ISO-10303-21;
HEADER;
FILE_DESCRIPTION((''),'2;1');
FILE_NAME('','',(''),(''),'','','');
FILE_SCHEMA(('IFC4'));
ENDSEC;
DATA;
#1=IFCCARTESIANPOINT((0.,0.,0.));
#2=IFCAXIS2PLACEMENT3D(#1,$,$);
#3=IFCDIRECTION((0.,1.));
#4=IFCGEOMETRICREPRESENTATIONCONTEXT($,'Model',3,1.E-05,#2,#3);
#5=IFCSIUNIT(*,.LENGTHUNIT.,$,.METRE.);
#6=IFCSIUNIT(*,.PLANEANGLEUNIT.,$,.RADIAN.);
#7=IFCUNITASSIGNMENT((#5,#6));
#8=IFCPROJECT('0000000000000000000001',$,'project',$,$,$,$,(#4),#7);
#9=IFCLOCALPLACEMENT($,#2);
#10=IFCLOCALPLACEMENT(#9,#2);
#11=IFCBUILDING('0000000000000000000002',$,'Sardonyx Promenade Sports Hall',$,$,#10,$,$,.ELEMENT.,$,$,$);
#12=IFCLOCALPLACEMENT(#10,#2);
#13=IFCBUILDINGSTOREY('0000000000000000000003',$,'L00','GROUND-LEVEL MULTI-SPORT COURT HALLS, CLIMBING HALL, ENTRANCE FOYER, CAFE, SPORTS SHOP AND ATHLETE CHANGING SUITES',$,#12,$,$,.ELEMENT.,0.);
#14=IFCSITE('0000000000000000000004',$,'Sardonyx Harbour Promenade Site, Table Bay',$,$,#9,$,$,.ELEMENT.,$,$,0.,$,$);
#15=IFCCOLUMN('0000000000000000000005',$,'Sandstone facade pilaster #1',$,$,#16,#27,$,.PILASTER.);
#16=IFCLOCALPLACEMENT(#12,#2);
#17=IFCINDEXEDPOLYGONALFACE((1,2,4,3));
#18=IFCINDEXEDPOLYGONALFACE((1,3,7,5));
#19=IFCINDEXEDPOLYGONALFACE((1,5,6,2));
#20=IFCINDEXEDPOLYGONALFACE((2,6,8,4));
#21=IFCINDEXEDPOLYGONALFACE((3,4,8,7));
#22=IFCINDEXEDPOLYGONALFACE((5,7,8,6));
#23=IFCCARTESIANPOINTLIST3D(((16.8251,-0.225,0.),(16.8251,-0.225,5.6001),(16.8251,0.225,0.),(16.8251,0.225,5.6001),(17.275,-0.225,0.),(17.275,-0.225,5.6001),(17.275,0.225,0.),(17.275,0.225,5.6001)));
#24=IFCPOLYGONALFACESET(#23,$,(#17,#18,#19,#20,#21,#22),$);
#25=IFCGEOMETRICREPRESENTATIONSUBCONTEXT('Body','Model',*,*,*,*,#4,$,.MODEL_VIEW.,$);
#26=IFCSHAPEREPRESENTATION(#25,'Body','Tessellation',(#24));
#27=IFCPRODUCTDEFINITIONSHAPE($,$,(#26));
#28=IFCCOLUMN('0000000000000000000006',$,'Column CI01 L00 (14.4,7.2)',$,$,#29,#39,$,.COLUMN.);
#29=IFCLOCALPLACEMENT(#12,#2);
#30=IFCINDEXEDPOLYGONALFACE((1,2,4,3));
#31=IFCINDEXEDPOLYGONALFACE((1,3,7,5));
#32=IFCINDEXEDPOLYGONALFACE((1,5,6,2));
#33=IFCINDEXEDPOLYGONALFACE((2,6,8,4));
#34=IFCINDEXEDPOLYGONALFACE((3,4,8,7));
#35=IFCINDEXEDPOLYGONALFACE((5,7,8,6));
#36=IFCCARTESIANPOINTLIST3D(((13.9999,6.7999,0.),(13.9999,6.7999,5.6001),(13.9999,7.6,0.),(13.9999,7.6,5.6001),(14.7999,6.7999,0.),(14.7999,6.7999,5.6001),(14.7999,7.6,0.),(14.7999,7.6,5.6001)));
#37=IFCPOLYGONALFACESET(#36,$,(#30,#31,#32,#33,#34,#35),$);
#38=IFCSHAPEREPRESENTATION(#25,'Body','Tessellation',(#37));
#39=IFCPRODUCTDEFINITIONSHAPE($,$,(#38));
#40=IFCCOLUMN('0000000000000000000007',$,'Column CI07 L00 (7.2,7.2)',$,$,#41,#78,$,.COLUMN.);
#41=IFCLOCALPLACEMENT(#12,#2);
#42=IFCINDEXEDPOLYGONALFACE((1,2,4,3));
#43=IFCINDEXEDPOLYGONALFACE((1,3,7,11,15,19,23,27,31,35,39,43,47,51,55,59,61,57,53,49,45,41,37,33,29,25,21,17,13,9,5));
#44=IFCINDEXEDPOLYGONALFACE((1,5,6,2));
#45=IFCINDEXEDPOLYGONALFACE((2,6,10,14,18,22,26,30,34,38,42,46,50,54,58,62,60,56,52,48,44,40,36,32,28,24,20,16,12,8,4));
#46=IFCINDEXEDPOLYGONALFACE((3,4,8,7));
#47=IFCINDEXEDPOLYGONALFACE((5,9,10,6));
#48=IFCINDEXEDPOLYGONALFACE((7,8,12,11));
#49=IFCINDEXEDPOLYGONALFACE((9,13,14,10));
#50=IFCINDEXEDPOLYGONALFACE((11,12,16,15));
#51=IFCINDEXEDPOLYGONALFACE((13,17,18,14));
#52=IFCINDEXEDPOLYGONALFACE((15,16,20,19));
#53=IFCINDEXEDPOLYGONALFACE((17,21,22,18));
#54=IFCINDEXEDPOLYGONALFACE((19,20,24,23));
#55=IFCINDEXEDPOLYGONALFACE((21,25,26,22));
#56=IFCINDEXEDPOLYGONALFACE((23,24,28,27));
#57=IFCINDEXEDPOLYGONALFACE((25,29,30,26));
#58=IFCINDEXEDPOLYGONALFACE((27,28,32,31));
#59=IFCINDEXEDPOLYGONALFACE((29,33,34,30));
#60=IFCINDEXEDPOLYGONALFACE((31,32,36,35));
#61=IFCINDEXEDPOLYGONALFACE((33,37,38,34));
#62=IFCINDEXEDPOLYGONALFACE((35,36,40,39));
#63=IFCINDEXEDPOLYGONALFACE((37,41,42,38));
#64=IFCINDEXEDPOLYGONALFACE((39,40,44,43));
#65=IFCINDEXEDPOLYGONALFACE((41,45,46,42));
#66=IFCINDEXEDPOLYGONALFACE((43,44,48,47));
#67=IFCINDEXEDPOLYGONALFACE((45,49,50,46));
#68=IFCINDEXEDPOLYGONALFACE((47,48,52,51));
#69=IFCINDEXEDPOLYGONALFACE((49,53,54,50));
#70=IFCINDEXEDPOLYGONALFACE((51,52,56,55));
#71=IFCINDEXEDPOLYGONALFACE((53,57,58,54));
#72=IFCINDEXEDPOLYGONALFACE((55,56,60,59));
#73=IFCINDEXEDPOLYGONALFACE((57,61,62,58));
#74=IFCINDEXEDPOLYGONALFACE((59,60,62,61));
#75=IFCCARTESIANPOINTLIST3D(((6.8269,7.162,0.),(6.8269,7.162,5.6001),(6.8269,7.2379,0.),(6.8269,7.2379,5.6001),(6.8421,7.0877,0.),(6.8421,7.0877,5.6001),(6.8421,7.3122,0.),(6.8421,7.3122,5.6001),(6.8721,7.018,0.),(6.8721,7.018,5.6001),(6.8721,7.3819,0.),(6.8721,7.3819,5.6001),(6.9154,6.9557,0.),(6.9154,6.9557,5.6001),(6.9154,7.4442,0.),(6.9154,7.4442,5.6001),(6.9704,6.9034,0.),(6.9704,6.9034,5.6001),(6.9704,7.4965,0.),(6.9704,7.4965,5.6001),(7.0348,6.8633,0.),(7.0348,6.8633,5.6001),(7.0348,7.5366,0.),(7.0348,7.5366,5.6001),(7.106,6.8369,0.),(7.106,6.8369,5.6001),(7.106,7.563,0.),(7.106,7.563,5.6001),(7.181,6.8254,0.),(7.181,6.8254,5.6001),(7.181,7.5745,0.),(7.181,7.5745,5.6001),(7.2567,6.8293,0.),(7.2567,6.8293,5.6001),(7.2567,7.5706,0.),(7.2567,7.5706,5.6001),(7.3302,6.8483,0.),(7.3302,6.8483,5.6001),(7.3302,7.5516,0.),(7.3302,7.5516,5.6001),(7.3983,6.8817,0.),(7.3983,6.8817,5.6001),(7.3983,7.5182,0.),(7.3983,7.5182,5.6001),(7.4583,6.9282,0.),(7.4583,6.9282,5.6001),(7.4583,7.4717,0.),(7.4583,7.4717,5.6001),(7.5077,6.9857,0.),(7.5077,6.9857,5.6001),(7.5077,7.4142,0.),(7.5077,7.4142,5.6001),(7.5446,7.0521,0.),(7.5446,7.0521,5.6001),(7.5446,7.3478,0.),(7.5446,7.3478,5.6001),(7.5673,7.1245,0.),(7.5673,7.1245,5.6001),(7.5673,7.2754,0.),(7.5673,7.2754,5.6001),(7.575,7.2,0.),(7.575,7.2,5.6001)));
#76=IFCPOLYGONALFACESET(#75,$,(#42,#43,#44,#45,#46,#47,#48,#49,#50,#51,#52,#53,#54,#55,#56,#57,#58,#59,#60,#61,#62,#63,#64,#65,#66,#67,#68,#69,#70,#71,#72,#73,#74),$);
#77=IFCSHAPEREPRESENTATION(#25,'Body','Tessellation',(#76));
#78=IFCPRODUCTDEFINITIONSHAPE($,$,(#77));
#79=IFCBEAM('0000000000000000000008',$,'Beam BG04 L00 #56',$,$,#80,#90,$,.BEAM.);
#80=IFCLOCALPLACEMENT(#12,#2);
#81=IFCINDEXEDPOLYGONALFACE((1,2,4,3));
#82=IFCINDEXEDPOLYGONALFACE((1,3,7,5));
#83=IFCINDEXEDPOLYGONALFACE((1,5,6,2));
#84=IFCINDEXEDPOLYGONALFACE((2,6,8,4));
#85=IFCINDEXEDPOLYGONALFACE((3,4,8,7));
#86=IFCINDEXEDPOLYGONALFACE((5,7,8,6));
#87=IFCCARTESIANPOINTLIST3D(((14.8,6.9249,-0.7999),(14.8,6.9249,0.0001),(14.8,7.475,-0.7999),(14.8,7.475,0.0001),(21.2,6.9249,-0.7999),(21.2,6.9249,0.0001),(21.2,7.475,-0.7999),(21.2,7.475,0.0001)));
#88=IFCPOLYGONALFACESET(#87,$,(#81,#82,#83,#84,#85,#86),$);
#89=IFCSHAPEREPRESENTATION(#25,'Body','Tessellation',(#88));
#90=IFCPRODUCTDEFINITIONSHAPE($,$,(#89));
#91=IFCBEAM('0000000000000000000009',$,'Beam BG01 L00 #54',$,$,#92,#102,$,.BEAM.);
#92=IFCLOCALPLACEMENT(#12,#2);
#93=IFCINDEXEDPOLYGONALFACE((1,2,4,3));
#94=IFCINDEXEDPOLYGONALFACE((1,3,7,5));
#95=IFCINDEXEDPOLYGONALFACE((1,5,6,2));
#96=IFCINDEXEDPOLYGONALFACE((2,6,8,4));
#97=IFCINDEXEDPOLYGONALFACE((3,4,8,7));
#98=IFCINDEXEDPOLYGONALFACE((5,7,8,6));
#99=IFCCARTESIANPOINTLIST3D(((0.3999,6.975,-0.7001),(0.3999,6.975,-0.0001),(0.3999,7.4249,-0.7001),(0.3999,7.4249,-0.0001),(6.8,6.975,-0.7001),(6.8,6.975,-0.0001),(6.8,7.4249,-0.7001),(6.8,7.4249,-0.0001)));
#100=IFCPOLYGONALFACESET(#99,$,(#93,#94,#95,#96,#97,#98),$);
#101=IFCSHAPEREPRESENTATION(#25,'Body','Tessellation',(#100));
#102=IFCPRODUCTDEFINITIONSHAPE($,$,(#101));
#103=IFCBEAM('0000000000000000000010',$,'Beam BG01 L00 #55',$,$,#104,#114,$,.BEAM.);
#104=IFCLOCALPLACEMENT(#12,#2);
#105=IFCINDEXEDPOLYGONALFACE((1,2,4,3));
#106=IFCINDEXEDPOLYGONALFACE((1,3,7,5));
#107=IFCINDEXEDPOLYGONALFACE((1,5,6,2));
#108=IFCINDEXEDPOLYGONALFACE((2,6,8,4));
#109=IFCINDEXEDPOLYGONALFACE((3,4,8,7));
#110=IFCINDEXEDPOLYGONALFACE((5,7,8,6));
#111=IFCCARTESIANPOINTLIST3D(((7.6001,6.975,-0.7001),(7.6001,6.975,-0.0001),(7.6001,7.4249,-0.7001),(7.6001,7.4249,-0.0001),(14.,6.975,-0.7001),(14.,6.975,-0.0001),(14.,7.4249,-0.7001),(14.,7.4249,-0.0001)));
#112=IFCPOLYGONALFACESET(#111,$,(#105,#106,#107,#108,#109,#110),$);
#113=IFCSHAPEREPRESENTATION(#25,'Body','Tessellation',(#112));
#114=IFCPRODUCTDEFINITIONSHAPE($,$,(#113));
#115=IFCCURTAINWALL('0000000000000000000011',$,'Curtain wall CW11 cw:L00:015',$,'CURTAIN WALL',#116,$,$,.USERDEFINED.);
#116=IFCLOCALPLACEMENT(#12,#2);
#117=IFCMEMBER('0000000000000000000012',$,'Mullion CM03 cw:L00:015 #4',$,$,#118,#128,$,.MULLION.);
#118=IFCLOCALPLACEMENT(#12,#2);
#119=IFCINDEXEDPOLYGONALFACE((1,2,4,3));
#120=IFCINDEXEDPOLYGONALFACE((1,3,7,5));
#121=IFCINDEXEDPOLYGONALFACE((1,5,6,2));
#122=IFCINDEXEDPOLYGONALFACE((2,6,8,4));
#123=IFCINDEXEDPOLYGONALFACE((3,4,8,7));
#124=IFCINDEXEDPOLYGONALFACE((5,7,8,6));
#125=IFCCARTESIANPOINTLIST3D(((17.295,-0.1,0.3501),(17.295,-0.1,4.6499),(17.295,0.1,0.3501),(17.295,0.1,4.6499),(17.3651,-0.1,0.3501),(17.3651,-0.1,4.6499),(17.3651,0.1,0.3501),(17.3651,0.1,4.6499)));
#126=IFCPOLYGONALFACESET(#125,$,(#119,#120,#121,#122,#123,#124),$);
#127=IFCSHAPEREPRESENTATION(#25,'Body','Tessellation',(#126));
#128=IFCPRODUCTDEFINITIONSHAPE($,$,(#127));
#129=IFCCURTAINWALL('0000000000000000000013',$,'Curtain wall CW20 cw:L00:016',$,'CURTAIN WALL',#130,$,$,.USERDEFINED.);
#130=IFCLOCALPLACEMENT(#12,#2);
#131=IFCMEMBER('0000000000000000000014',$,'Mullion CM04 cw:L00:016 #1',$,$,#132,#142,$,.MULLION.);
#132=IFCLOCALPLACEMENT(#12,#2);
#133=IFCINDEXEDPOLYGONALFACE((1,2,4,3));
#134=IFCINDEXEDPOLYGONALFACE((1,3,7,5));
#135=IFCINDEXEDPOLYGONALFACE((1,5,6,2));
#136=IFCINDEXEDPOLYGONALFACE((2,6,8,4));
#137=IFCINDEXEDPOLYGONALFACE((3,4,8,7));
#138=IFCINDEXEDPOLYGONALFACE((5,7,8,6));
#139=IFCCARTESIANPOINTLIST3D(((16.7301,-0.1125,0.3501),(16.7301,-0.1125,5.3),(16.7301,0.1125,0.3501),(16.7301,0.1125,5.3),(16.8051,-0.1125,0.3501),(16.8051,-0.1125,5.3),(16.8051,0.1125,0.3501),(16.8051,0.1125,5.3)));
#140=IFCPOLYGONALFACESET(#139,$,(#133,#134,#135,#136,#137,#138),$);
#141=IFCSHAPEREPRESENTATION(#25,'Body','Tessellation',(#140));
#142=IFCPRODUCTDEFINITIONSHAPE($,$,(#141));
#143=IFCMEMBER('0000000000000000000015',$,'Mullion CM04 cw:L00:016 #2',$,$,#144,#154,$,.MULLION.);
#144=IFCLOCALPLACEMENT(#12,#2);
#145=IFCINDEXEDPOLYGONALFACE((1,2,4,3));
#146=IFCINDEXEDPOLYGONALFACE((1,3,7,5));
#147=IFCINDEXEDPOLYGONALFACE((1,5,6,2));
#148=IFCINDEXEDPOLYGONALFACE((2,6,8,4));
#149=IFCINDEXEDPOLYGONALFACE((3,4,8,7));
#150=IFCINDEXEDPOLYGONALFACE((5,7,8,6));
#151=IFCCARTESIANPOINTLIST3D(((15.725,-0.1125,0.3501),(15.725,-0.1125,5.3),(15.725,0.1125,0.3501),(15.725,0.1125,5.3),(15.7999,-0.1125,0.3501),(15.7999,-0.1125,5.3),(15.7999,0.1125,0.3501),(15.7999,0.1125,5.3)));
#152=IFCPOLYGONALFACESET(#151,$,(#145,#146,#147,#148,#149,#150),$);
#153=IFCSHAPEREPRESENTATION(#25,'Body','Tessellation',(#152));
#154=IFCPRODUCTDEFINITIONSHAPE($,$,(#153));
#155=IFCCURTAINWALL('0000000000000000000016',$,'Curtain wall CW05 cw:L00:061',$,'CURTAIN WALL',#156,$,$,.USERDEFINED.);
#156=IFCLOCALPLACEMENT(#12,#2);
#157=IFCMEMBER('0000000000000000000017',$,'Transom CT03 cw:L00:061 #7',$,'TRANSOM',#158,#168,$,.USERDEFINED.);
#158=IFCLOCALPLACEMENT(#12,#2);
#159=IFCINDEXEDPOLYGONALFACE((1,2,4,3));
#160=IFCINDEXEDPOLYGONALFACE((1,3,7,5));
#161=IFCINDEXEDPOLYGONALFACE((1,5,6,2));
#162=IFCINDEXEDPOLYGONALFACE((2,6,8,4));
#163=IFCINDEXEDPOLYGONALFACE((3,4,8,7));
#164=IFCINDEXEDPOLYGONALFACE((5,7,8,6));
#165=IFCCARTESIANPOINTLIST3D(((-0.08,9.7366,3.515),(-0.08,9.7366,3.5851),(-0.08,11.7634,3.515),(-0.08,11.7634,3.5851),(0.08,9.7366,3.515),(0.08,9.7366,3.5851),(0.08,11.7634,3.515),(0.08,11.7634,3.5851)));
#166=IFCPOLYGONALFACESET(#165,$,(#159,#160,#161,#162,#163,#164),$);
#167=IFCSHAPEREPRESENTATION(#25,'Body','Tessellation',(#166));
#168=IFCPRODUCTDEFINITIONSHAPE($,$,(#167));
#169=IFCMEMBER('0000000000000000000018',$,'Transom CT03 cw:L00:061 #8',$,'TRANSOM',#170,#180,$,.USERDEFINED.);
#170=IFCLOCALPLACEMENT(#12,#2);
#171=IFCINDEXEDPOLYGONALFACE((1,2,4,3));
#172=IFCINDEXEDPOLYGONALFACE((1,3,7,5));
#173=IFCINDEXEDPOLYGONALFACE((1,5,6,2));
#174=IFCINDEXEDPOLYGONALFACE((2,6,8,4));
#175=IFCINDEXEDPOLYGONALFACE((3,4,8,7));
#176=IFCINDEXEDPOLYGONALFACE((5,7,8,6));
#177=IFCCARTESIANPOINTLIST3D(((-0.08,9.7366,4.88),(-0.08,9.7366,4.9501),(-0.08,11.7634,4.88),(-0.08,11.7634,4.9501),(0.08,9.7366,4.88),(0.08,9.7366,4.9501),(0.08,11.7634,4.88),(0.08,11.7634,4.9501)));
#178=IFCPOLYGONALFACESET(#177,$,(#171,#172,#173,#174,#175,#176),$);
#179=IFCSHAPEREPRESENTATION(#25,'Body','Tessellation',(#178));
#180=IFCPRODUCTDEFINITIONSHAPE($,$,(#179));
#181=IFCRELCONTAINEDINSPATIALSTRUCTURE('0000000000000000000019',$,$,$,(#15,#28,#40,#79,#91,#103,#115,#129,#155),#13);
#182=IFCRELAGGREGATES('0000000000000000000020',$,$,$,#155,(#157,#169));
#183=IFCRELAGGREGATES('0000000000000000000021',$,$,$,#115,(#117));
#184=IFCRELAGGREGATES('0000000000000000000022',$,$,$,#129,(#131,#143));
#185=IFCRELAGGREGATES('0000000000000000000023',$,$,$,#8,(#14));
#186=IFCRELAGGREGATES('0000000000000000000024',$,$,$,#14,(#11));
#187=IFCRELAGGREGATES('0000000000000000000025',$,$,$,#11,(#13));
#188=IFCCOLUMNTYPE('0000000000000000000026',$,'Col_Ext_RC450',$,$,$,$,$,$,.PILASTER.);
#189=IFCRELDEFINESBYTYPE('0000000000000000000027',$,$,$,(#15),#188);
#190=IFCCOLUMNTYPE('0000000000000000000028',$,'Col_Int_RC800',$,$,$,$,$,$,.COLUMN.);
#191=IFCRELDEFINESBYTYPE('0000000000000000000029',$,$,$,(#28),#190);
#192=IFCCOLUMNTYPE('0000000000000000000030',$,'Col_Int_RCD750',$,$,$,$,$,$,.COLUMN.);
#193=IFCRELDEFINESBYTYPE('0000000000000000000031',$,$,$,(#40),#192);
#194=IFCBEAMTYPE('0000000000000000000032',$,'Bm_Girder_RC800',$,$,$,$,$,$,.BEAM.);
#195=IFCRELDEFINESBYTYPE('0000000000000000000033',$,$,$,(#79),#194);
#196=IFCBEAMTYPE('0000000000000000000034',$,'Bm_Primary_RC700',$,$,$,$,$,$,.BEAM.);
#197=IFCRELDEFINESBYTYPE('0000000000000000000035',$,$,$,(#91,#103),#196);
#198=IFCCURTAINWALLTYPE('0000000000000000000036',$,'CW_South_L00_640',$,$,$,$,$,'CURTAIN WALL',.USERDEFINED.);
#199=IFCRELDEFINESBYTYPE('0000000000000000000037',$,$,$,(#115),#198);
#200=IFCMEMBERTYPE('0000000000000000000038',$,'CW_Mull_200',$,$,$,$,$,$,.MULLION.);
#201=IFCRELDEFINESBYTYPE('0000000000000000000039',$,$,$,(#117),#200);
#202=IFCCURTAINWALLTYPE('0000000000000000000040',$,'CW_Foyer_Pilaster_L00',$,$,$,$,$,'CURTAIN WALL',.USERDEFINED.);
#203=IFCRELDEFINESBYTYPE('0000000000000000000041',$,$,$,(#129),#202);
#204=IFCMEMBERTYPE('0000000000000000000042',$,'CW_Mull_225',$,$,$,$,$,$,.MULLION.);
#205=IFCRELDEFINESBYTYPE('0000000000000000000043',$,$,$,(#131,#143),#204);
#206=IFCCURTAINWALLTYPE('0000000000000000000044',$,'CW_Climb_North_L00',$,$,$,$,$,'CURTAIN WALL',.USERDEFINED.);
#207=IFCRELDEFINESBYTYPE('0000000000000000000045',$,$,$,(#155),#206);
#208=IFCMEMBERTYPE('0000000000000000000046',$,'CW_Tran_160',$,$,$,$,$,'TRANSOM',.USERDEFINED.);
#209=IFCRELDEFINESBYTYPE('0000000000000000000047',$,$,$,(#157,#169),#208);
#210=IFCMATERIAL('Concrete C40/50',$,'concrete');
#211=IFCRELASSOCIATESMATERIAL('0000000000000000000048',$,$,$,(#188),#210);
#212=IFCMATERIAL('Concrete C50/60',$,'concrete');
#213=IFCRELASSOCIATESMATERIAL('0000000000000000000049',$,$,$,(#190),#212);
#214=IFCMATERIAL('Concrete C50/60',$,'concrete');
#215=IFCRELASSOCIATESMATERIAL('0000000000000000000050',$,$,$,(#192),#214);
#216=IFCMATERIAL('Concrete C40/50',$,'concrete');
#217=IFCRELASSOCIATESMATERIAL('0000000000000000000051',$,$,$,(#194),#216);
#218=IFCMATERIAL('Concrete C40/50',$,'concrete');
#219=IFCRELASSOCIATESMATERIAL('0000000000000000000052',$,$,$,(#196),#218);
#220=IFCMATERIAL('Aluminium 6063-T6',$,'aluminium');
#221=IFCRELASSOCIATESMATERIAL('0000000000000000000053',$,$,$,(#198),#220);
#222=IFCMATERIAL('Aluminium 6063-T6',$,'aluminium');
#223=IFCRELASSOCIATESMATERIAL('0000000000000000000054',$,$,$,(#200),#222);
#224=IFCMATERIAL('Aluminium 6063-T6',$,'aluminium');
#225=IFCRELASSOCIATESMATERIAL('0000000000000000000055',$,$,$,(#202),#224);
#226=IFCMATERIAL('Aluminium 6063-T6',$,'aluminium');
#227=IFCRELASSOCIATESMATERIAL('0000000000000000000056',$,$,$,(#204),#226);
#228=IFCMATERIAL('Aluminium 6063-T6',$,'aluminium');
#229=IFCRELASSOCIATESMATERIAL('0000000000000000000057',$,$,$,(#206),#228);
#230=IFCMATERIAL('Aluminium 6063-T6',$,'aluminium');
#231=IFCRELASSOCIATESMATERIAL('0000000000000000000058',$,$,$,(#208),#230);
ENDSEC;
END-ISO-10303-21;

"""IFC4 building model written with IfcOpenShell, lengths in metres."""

from ifc_helpers import new_model, si_unit, direction, frame, origin, origin_2d, place, context, subcontext, project, spatial, rectangle, circle, extrude, material, material_profile, profile_set, type_object, element, aggregate, save


model = new_model("IFC4")

# Units and contexts
model_context = context("Model", 3, precision=1e-05, world=origin(), true_north=direction((0.0, 1.0)))
body_context = subcontext(model_context, "Body", "Model", "MODEL_VIEW")
ifc_project = project(units=[si_unit("LENGTHUNIT", "METRE"), si_unit("PLANEANGLEUNIT", "RADIAN")], contexts=[model_context])

# Site, building, storey
site_placement = place(None, origin())
site = spatial("IfcSite", under=ifc_project, at=site_placement, Name="Sardonyx Harbour Promenade Site, Table Bay", CompositionType="ELEMENT", RefElevation=0.0)
building_placement = place(site_placement, origin())
building = spatial("IfcBuilding", under=site, at=building_placement, Name="Sardonyx Promenade Sports Hall", CompositionType="ELEMENT")
storey_placement = place(building_placement, origin())
storey = spatial("IfcBuildingStorey", under=building, at=storey_placement, Name="L00", Description="GROUND-LEVEL MULTI-SPORT COURT HALLS, CLIMBING HALL, ENTRANCE FOYER, CAFE, SPORTS SHOP AND ATHLETE CHANGING SUITES", CompositionType="ELEMENT", Elevation=0.0)

# Columns
ifc_material_1 = material(Name="Concrete C40/50", Category="concrete")
ifc_material_profile_1 = material_profile(ifc_material_1, rectangle(XDim=0.45, YDim=0.45, at=origin_2d()))
ifc_profile_set_1 = profile_set([ifc_material_profile_1], Name="Concrete C40/50")
column_type_1 = type_object("IfcColumnType", Name="Col_Ext_RC450", PredefinedType="PILASTER", material=ifc_profile_set_1)
column_1_placement = place(storey_placement, frame((17.05, 0.0, 0.0), z_axis=(0.0, 0.0, 1.0), x_axis=(1.0, 0.0, 0.0)))
element("IfcColumn", 1, at=column_1_placement, inside=storey, type_object=column_type_1, Name="Sandstone facade pilaster #1", PredefinedType="PILASTER", context=body_context, shape_type="SweptSolid", body=[
    extrude(rectangle(XDim=0.45, YDim=0.45, at=origin_2d()), origin(), (0.0, 0.0, 1.0), 5.6001),
])
ifc_material_2 = material(Name="Concrete C50/60", Category="concrete")
ifc_material_profile_2 = material_profile(ifc_material_2, rectangle(XDim=0.8, YDim=0.8, at=origin_2d()))
ifc_profile_set_2 = profile_set([ifc_material_profile_2], Name="Concrete C50/60")
column_type_2 = type_object("IfcColumnType", Name="Col_Int_RC800", PredefinedType="COLUMN", material=ifc_profile_set_2)
column_2_placement = place(storey_placement, frame((14.3999, 7.2, 0.0), z_axis=(0.0, 0.0, 1.0), x_axis=(1.0, 0.0, 0.0)))
element("IfcColumn", 2, at=column_2_placement, inside=storey, type_object=column_type_2, Name="Column CI01 L00 (14.4,7.2)", PredefinedType="COLUMN", context=body_context, shape_type="SweptSolid", body=[
    extrude(rectangle(XDim=0.8, YDim=0.8, at=origin_2d()), origin(), (0.0, 0.0, 1.0), 5.6001),
])
ifc_material_3 = material(Name="Concrete C50/60", Category="concrete")
ifc_material_profile_3 = material_profile(ifc_material_3, circle(Radius=0.375, at=origin_2d()))
ifc_profile_set_3 = profile_set([ifc_material_profile_3], Name="Concrete C50/60")
column_type_3 = type_object("IfcColumnType", Name="Col_Int_RCD750", PredefinedType="COLUMN", material=ifc_profile_set_3)
column_3_placement = place(storey_placement, frame((7.2, 7.2, 0.0), z_axis=(0.0, 0.0, 1.0), x_axis=(1.0, 0.0, 0.0)))
element("IfcColumn", 3, at=column_3_placement, inside=storey, type_object=column_type_3, Name="Column CI07 L00 (7.2,7.2)", PredefinedType="COLUMN", context=body_context, shape_type="SweptSolid", body=[
    extrude(circle(Radius=0.375, at=origin_2d()), origin(), (0.0, 0.0, 1.0), 5.6001),
])

# Beams
ifc_material_4 = material(Name="Concrete C40/50", Category="concrete")
ifc_material_profile_4 = material_profile(ifc_material_4, rectangle(XDim=0.55, YDim=0.8, at=origin_2d()))
ifc_profile_set_4 = profile_set([ifc_material_profile_4], Name="Concrete C40/50")
beam_type_1 = type_object("IfcBeamType", Name="Bm_Girder_RC800", PredefinedType="BEAM", material=ifc_profile_set_4)
beam_1_placement = place(storey_placement, frame((14.8, 7.2, -0.3999), z_axis=(1.0, 0.0, 0.0), x_axis=(0.0, 1.0, 0.0)))
element("IfcBeam", 4, at=beam_1_placement, inside=storey, type_object=beam_type_1, Name="Beam BG04 L00 #56", PredefinedType="BEAM", context=body_context, shape_type="SweptSolid", body=[
    extrude(rectangle(XDim=0.55, YDim=0.8, at=origin_2d()), origin(), (0.0, 0.0, 1.0), 6.3999),
])
ifc_material_5 = material(Name="Concrete C40/50", Category="concrete")
ifc_material_profile_5 = material_profile(ifc_material_5, rectangle(XDim=0.45, YDim=0.7, at=origin_2d()))
ifc_profile_set_5 = profile_set([ifc_material_profile_5], Name="Concrete C40/50")
beam_type_2 = type_object("IfcBeamType", Name="Bm_Primary_RC700", PredefinedType="BEAM", material=ifc_profile_set_5)
beam_2_placement = place(storey_placement, frame((0.3999, 7.2, -0.3501), z_axis=(1.0, 0.0, 0.0), x_axis=(0.0, 1.0, 0.0)))
element("IfcBeam", 5, at=beam_2_placement, inside=storey, type_object=beam_type_2, Name="Beam BG01 L00 #54", PredefinedType="BEAM", context=body_context, shape_type="SweptSolid", body=[
    extrude(rectangle(XDim=0.45, YDim=0.7, at=origin_2d()), origin(), (0.0, 0.0, 1.0), 6.4001),
])
beam_3_placement = place(storey_placement, frame((7.6001, 7.2, -0.3501), z_axis=(1.0, 0.0, 0.0), x_axis=(0.0, 1.0, 0.0)))
element("IfcBeam", 6, at=beam_3_placement, inside=storey, type_object=beam_type_2, Name="Beam BG01 L00 #55", PredefinedType="BEAM", context=body_context, shape_type="SweptSolid", body=[
    extrude(rectangle(XDim=0.45, YDim=0.7, at=origin_2d()), origin(), (0.0, 0.0, 1.0), 6.3999),
])

# Curtain wall, member
ifc_material_6 = material(Name="Aluminium 6063-T6", Category="aluminium")
curtain_wall_type_1 = type_object("IfcCurtainWallType", Name="CW_South_L00_640", ElementType="CURTAIN WALL", PredefinedType="USERDEFINED", material=ifc_material_6)
curtain_wall_1_placement = place(storey_placement, origin())
curtain_wall_1 = element("IfcCurtainWall", 7, at=curtain_wall_1_placement, inside=storey, type_object=curtain_wall_type_1, Name="Curtain wall CW11 cw:L00:015", ObjectType="CURTAIN WALL", PredefinedType="USERDEFINED")
ifc_material_7 = material(Name="Aluminium 6063-T6", Category="aluminium")
ifc_material_profile_6 = material_profile(ifc_material_7, rectangle(XDim=0.0701, YDim=0.2, at=origin_2d()))
ifc_profile_set_6 = profile_set([ifc_material_profile_6], Name="Aluminium 6063-T6")
member_type_1 = type_object("IfcMemberType", Name="CW_Mull_200", PredefinedType="MULLION", material=ifc_profile_set_6)
member_1_placement = place(storey_placement, frame((17.3301, 0.0, 0.3501), z_axis=(0.0, 0.0, 1.0), x_axis=(-1.0, 0.0, 0.0)))
member_1 = element("IfcMember", 8, at=member_1_placement, type_object=member_type_1, Name="Mullion CM03 cw:L00:015 #4", PredefinedType="MULLION", context=body_context, shape_type="SweptSolid", body=[
    extrude(rectangle(XDim=0.0701, YDim=0.2, at=origin_2d()), origin(), (0.0, 0.0, 1.0), 4.2998),
])

# Curtain walls, members
ifc_material_8 = material(Name="Aluminium 6063-T6", Category="aluminium")
curtain_wall_type_2 = type_object("IfcCurtainWallType", Name="CW_Foyer_Pilaster_L00", ElementType="CURTAIN WALL", PredefinedType="USERDEFINED", material=ifc_material_8)
curtain_wall_2_placement = place(storey_placement, origin())
curtain_wall_2 = element("IfcCurtainWall", 9, at=curtain_wall_2_placement, inside=storey, type_object=curtain_wall_type_2, Name="Curtain wall CW20 cw:L00:016", ObjectType="CURTAIN WALL", PredefinedType="USERDEFINED")
ifc_material_9 = material(Name="Aluminium 6063-T6", Category="aluminium")
ifc_material_profile_7 = material_profile(ifc_material_9, rectangle(XDim=0.075, YDim=0.2251, at=origin_2d()))
ifc_profile_set_7 = profile_set([ifc_material_profile_7], Name="Aluminium 6063-T6")
member_type_2 = type_object("IfcMemberType", Name="CW_Mull_225", PredefinedType="MULLION", material=ifc_profile_set_7)
member_2_placement = place(storey_placement, frame((16.7676, 0.0, 0.3501), z_axis=(0.0, 0.0, 1.0), x_axis=(-1.0, 0.0, 0.0)))
member_2 = element("IfcMember", 10, at=member_2_placement, type_object=member_type_2, Name="Mullion CM04 cw:L00:016 #1", PredefinedType="MULLION", context=body_context, shape_type="SweptSolid", body=[
    extrude(rectangle(XDim=0.075, YDim=0.2251, at=origin_2d()), origin(), (0.0, 0.0, 1.0), 4.95),
])
member_3_placement = place(storey_placement, frame((15.7625, 0.0, 0.3501), z_axis=(0.0, 0.0, 1.0), x_axis=(-1.0, 0.0, 0.0)))
member_3 = element("IfcMember", 11, at=member_3_placement, type_object=member_type_2, Name="Mullion CM04 cw:L00:016 #2", PredefinedType="MULLION", context=body_context, shape_type="SweptSolid", body=[
    extrude(rectangle(XDim=0.075, YDim=0.2251, at=origin_2d()), origin(), (0.0, 0.0, 1.0), 4.95),
])
ifc_material_10 = material(Name="Aluminium 6063-T6", Category="aluminium")
curtain_wall_type_3 = type_object("IfcCurtainWallType", Name="CW_Climb_North_L00", ElementType="CURTAIN WALL", PredefinedType="USERDEFINED", material=ifc_material_10)
curtain_wall_3_placement = place(storey_placement, origin())
curtain_wall_3 = element("IfcCurtainWall", 12, at=curtain_wall_3_placement, inside=storey, type_object=curtain_wall_type_3, Name="Curtain wall CW05 cw:L00:061", ObjectType="CURTAIN WALL", PredefinedType="USERDEFINED")
ifc_material_11 = material(Name="Aluminium 6063-T6", Category="aluminium")
ifc_material_profile_8 = material_profile(ifc_material_11, rectangle(XDim=0.0701, YDim=0.1599, at=origin_2d()))
ifc_profile_set_8 = profile_set([ifc_material_profile_8], Name="Aluminium 6063-T6")
member_type_3 = type_object("IfcMemberType", Name="CW_Tran_160", ElementType="TRANSOM", PredefinedType="USERDEFINED", material=ifc_profile_set_8)
member_4_placement = place(storey_placement, frame((0.0, 9.7366, 3.55), z_axis=(0.0, 1.0, 0.0), x_axis=(0.0, 0.0, 1.0)))
member_4 = element("IfcMember", 13, at=member_4_placement, type_object=member_type_3, Name="Transom CT03 cw:L00:061 #7", ObjectType="TRANSOM", PredefinedType="USERDEFINED", context=body_context, shape_type="SweptSolid", body=[
    extrude(rectangle(XDim=0.0701, YDim=0.1599, at=origin_2d()), origin(), (0.0, 0.0, 1.0), 2.0269),
])
member_5_placement = place(storey_placement, frame((0.0, 9.7366, 4.915), z_axis=(0.0, 1.0, 0.0), x_axis=(0.0, 0.0, 1.0)))
member_5 = element("IfcMember", 14, at=member_5_placement, type_object=member_type_3, Name="Transom CT03 cw:L00:061 #8", ObjectType="TRANSOM", PredefinedType="USERDEFINED", context=body_context, shape_type="SweptSolid", body=[
    extrude(rectangle(XDim=0.0701, YDim=0.1599, at=origin_2d()), origin(), (0.0, 0.0, 1.0), 2.0269),
])
aggregate(curtain_wall_3, [member_4, member_5])

aggregate(curtain_wall_1, [member_1])
aggregate(curtain_wall_2, [member_2, member_3])

save(model, "model.ifc")
